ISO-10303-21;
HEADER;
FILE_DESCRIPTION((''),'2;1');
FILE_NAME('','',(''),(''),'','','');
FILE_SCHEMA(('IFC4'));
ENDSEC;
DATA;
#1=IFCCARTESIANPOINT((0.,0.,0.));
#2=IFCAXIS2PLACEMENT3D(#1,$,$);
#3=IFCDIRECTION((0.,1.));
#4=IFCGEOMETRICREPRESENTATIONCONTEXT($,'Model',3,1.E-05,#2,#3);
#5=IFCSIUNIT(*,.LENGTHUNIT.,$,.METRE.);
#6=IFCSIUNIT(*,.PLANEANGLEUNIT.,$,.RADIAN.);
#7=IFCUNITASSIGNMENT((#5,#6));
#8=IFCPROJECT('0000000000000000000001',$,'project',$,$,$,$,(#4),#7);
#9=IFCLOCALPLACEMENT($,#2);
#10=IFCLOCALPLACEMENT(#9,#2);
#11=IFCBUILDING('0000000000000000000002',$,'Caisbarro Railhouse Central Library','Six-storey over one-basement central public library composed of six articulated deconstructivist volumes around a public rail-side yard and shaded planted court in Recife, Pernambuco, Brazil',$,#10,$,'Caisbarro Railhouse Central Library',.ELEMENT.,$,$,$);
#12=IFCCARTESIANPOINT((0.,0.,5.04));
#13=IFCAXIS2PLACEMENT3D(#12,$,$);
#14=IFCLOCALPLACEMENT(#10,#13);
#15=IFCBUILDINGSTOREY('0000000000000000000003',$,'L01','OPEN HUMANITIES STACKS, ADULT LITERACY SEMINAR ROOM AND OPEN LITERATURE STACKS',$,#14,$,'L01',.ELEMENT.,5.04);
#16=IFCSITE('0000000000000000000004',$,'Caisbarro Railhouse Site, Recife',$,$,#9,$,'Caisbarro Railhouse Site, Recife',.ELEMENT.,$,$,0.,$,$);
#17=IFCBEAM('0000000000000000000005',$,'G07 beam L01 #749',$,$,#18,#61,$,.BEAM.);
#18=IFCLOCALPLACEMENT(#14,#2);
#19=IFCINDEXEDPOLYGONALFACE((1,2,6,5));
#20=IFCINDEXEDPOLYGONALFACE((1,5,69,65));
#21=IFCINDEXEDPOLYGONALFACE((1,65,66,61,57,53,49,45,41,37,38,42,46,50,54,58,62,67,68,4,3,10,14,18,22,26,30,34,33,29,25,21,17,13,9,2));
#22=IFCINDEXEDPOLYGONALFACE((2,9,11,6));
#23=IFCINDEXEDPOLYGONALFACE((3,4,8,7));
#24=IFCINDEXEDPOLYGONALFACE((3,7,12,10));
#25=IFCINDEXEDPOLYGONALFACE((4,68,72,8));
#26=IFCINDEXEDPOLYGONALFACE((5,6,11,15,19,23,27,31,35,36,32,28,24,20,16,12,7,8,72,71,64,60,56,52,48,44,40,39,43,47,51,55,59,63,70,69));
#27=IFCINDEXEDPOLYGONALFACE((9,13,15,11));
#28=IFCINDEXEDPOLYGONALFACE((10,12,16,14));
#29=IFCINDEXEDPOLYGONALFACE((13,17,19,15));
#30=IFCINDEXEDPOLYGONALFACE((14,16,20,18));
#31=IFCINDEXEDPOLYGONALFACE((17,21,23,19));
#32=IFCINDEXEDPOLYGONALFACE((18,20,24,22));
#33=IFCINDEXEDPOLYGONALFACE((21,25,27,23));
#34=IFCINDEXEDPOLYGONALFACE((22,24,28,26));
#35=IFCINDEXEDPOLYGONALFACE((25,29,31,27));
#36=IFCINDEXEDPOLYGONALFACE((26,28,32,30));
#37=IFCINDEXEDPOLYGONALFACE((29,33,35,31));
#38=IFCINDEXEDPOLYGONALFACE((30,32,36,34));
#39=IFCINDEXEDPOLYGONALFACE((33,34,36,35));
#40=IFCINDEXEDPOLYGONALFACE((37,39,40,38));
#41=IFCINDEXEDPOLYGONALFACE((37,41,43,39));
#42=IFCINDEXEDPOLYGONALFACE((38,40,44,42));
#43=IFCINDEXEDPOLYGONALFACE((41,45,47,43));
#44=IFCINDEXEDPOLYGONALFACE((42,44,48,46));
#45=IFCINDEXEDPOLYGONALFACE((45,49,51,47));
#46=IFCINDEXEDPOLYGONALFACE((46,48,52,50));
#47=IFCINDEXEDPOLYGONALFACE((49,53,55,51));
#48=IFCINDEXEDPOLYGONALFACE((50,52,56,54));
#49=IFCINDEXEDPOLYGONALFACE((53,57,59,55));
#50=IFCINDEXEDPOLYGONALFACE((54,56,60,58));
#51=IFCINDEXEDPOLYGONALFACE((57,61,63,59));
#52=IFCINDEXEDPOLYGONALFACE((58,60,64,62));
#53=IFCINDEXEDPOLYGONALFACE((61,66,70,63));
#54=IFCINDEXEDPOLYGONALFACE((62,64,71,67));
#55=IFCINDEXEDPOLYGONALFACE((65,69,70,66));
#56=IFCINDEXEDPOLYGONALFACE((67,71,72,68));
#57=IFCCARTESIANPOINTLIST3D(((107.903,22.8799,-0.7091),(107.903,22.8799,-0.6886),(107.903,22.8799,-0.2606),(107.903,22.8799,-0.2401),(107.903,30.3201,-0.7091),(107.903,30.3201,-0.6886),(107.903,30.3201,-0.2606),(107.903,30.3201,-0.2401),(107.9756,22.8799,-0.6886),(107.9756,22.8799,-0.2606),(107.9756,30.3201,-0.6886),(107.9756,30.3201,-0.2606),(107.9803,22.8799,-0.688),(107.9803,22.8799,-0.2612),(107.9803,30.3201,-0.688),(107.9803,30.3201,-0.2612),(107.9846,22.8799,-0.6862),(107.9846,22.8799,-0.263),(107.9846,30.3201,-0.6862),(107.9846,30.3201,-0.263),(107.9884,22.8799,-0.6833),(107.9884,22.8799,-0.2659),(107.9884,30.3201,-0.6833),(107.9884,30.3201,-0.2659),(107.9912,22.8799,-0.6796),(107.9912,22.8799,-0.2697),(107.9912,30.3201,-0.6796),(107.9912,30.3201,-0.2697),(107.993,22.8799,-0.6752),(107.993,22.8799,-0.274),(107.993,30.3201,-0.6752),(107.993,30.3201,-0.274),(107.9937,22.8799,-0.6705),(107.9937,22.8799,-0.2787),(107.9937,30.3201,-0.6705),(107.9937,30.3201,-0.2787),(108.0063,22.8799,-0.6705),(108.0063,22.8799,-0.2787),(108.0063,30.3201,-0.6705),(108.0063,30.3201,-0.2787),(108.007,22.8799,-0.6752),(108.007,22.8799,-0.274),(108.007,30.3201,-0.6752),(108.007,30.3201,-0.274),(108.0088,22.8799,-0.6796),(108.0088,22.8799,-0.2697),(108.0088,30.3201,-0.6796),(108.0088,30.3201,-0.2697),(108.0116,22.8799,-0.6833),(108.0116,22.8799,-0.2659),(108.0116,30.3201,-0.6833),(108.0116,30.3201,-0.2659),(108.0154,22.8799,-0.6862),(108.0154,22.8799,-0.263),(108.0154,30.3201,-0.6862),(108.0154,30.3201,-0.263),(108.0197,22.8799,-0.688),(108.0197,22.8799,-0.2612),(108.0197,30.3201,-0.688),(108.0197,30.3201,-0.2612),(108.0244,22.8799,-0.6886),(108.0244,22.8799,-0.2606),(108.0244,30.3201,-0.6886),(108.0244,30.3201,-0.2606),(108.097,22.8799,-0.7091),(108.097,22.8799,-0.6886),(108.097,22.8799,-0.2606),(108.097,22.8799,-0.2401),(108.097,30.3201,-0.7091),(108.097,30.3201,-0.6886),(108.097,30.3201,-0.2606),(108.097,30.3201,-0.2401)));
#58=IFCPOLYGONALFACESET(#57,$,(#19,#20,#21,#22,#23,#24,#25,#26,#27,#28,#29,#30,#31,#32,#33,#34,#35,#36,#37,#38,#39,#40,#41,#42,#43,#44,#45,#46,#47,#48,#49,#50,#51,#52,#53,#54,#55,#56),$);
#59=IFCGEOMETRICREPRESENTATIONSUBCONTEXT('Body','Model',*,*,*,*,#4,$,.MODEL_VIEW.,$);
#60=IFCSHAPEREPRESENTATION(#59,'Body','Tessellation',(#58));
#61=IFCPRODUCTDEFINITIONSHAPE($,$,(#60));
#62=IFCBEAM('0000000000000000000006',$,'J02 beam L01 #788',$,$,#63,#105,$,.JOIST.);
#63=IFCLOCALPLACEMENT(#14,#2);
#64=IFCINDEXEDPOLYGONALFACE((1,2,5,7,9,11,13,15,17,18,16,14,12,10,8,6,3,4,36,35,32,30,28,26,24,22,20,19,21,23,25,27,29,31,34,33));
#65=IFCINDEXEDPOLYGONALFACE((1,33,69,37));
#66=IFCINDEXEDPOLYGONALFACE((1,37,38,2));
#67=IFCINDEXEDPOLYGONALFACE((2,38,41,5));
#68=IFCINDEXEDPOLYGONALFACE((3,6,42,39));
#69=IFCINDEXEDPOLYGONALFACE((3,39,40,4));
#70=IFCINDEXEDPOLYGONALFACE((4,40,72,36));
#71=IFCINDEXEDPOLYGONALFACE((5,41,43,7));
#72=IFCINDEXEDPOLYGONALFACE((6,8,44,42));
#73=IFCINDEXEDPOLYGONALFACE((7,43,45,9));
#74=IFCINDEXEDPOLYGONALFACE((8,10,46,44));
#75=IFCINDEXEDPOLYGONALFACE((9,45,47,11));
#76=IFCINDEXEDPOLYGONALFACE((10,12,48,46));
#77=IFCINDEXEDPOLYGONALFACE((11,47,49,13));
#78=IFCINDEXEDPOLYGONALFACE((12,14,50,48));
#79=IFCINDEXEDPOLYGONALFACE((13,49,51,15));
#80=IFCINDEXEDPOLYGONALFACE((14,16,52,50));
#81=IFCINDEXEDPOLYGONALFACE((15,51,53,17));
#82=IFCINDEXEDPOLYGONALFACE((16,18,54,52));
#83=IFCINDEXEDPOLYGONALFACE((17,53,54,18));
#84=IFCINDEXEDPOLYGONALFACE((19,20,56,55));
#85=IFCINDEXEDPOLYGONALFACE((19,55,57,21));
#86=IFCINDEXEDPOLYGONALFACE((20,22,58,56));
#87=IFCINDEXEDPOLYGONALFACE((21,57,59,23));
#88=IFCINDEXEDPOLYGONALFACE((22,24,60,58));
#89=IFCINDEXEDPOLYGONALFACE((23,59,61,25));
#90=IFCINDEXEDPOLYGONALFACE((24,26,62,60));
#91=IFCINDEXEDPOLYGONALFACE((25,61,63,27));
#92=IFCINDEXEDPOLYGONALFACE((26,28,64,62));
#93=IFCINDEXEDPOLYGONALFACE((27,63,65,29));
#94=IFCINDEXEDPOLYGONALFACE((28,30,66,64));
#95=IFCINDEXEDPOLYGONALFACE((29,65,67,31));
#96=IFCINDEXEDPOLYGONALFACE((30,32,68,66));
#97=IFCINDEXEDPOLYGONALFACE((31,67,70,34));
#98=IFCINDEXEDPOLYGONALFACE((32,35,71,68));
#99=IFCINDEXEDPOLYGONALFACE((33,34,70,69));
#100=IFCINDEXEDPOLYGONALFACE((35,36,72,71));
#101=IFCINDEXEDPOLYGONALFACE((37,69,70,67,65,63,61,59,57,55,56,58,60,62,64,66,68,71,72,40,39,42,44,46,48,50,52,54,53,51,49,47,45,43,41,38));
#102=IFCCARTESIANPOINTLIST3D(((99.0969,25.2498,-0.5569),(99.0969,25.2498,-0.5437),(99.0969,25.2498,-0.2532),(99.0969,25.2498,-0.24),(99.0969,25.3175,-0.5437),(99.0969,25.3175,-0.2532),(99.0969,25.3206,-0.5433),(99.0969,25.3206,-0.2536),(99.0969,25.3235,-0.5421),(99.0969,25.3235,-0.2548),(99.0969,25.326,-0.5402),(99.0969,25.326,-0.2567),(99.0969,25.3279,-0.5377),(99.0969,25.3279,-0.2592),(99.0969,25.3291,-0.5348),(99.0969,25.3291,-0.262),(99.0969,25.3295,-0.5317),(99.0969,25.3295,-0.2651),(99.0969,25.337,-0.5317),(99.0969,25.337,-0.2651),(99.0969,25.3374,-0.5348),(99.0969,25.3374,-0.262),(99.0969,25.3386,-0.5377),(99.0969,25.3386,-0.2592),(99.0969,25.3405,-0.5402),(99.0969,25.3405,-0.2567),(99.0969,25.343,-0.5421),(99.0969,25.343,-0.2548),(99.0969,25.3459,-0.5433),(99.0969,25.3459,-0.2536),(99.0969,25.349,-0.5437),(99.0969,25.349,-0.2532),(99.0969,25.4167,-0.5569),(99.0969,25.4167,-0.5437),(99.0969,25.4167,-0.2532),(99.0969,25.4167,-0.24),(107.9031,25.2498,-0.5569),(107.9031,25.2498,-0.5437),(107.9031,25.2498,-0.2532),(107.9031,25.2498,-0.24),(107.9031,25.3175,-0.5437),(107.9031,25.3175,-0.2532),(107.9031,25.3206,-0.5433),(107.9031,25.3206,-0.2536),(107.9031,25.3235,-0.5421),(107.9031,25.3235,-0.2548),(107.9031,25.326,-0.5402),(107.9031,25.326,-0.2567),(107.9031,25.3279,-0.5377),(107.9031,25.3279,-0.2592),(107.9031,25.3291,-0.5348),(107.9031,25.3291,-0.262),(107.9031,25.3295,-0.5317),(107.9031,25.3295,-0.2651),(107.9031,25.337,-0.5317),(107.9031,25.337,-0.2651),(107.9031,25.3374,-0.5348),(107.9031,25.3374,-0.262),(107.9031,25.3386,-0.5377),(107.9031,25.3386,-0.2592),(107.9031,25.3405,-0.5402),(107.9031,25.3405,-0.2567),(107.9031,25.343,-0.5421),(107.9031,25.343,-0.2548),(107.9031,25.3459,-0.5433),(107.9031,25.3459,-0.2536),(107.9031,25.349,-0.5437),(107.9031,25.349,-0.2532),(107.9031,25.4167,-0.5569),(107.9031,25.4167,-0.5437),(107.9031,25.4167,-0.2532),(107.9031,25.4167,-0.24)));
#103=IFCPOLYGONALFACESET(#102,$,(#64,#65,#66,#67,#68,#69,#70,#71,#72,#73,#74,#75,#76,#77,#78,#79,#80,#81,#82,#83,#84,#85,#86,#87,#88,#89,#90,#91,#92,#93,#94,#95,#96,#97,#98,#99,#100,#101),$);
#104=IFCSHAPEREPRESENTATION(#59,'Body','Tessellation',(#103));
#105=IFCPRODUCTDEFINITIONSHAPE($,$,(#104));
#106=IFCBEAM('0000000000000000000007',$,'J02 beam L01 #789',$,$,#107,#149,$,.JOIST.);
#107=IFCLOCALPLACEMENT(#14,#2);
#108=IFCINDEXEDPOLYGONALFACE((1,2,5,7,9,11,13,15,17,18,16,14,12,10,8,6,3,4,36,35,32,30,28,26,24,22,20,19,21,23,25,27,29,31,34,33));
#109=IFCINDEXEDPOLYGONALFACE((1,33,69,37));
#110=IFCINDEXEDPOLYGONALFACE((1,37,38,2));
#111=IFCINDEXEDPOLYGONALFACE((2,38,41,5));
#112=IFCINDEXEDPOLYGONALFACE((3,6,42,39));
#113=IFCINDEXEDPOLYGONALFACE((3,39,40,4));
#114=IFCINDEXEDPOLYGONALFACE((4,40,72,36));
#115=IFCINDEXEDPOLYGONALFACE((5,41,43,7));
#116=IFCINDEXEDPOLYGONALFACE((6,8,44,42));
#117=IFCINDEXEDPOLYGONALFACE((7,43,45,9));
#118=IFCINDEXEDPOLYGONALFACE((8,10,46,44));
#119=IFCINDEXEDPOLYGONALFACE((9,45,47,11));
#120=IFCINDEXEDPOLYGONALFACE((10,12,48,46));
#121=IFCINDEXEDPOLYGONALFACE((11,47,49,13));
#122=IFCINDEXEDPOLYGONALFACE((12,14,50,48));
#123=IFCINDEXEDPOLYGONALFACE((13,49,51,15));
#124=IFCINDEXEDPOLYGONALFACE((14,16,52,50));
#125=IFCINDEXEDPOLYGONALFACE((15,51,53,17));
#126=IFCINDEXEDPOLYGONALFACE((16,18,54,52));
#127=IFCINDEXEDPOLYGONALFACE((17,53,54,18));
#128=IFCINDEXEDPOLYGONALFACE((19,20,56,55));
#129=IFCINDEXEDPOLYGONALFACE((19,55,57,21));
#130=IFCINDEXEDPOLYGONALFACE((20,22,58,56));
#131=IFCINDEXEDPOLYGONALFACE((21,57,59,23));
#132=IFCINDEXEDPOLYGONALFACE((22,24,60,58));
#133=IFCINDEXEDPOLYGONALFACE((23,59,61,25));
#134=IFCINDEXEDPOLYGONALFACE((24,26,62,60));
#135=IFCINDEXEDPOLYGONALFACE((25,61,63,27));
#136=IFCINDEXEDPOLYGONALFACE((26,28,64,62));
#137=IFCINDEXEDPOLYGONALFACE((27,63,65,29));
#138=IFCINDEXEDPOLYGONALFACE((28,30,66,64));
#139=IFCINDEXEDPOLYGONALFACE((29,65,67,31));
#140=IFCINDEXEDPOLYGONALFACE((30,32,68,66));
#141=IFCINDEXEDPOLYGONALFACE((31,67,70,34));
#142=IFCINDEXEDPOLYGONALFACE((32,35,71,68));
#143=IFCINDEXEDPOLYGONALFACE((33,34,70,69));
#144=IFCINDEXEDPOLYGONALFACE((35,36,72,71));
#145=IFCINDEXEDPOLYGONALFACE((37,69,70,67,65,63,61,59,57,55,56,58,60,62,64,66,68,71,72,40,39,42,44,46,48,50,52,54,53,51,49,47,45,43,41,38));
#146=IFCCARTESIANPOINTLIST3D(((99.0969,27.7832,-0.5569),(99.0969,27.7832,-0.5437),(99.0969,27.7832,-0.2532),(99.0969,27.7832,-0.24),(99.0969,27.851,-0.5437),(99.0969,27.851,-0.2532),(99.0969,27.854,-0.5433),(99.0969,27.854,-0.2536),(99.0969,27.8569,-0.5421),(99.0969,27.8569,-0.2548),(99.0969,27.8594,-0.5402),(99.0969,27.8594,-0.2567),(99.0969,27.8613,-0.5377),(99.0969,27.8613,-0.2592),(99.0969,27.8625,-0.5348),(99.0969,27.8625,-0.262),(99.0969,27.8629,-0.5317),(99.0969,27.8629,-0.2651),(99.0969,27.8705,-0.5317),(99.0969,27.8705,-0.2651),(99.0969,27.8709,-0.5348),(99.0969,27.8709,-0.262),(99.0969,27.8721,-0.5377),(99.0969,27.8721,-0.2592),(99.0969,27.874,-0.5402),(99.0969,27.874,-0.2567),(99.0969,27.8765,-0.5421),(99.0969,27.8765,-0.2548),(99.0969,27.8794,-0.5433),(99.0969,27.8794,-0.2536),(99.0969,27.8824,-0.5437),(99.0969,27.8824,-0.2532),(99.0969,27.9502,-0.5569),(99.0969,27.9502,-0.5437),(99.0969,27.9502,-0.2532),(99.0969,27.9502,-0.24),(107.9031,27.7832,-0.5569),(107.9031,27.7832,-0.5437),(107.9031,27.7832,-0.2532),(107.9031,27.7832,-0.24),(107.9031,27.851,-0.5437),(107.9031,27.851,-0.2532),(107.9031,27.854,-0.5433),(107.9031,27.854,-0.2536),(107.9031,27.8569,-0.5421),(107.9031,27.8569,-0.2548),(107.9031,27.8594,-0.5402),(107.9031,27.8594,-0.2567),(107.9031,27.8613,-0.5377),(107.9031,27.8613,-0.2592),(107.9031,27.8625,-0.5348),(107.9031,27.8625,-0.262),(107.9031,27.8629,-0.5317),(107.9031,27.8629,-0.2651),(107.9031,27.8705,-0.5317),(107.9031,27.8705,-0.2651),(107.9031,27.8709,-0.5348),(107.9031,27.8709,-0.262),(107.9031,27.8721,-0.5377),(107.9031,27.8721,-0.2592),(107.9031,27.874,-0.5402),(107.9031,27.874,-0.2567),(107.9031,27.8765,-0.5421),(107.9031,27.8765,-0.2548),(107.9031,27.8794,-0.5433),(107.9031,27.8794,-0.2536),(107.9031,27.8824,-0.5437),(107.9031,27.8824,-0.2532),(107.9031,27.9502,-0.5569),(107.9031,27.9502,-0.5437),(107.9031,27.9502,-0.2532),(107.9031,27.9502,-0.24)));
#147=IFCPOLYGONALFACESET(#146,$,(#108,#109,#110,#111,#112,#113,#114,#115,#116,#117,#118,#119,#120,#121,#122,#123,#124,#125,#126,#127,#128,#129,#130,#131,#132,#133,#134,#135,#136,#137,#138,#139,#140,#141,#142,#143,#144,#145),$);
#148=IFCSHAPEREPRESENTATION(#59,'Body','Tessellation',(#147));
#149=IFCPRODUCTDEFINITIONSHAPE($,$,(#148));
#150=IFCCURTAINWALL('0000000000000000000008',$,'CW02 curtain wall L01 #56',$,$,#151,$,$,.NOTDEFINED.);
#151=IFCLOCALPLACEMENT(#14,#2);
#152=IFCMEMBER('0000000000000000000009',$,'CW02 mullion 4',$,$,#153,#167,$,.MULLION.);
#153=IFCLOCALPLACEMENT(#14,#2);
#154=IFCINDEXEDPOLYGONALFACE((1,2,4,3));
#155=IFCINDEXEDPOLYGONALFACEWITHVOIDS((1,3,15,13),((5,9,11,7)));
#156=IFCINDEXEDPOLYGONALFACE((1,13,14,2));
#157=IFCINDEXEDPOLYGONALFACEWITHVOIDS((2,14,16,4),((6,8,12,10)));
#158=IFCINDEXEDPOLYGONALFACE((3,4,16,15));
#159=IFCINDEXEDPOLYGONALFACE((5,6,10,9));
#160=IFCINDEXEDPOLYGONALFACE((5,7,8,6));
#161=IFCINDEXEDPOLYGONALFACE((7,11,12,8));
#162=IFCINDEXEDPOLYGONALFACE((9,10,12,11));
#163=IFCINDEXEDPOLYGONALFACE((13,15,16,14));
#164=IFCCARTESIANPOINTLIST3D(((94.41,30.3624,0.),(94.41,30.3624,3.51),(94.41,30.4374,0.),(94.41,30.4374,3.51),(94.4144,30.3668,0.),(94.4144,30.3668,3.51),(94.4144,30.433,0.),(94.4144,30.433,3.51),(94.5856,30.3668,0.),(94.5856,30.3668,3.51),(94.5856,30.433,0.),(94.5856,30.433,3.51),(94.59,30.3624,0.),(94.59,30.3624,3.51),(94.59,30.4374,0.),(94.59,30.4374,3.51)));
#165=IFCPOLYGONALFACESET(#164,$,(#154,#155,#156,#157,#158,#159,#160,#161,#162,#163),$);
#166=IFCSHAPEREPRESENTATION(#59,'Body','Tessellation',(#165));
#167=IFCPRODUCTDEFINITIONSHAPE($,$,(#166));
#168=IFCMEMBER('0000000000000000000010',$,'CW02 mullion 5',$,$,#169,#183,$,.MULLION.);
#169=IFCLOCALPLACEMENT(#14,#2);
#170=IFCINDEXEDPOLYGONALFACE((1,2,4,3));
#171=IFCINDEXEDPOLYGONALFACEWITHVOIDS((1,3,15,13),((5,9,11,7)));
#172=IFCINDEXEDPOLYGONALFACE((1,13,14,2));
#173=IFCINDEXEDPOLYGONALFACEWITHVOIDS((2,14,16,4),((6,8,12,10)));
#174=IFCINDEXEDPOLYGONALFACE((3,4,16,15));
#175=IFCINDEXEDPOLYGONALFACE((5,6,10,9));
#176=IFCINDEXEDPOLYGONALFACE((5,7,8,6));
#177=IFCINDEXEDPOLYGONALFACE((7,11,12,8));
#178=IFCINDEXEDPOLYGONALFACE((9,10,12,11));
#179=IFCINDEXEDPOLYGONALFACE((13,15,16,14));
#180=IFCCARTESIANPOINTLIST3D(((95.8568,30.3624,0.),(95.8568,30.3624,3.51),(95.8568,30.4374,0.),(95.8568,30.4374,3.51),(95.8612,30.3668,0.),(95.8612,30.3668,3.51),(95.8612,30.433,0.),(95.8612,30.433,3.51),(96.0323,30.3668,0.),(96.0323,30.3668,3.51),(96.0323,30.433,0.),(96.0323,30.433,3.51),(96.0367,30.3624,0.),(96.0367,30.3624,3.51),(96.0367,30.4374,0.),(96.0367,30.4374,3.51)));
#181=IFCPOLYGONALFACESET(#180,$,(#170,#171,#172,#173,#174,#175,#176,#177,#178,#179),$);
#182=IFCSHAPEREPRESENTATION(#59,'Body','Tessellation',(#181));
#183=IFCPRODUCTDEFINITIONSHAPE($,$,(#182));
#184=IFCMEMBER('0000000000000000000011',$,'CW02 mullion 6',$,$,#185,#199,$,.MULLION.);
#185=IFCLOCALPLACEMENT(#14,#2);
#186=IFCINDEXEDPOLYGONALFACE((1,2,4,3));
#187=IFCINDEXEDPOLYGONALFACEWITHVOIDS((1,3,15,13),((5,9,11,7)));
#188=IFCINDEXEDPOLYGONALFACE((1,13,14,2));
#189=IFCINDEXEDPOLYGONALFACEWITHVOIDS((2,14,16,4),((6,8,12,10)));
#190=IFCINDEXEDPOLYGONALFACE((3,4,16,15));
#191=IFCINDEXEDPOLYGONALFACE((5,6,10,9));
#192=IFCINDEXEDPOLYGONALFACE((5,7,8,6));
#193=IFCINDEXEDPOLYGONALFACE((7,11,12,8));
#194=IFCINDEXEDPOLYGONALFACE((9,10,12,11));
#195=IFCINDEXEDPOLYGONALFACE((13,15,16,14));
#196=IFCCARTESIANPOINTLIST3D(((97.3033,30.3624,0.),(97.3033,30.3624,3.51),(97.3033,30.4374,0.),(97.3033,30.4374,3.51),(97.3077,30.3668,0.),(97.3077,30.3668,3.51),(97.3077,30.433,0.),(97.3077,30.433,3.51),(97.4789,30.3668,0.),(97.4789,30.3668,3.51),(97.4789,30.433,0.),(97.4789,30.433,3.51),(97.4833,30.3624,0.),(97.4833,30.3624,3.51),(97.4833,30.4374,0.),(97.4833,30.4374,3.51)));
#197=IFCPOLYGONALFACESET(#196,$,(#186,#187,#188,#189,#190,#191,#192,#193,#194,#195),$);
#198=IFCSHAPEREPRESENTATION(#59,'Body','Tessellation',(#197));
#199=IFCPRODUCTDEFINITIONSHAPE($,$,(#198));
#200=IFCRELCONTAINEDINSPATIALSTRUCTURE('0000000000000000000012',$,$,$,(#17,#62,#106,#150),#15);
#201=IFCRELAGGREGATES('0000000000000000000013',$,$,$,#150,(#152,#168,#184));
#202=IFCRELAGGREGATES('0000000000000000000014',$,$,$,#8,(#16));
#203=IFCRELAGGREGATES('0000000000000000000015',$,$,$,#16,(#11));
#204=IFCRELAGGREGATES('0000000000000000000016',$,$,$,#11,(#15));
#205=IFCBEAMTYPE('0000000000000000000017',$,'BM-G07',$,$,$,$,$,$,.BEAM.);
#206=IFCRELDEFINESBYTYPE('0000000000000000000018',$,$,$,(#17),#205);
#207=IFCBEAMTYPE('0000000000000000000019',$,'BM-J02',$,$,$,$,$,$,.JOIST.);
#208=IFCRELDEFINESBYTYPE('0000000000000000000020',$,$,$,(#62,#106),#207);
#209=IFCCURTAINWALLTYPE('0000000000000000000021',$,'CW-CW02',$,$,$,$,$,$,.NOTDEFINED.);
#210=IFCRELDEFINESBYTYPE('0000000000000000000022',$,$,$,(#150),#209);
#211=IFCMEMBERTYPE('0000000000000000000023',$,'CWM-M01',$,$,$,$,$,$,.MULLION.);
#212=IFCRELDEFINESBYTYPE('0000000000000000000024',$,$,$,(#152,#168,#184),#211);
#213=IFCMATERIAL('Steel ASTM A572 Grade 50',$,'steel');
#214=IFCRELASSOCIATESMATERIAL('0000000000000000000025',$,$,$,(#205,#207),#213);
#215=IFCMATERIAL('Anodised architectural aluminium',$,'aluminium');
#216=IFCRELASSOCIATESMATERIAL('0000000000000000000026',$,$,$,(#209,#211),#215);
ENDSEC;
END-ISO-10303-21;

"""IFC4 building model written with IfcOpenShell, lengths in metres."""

from ifc_helpers import new_model, si_unit, direction, frame, origin, origin_2d, place, context, subcontext, project, spatial, hollow_rectangle, i_section, extrude, material, material_profile, profile_set, type_object, element, aggregate, save


model = new_model("IFC4")

# Units and contexts
model_context = context("Model", 3, precision=1e-05, world=origin(), true_north=direction((0.0, 1.0)))
body_context = subcontext(model_context, "Body", "Model", "MODEL_VIEW")
ifc_project = project(units=[si_unit("LENGTHUNIT", "METRE"), si_unit("PLANEANGLEUNIT", "RADIAN")], contexts=[model_context])

# Site, building, storey
site_placement = place(None, origin())
site = spatial("IfcSite", under=ifc_project, at=site_placement, Name="Caisbarro Railhouse Site, Recife", LongName="Caisbarro Railhouse Site, Recife", CompositionType="ELEMENT", RefElevation=0.0)
building_placement = place(site_placement, origin())
building = spatial("IfcBuilding", under=site, at=building_placement, Name="Caisbarro Railhouse Central Library", Description="Six-storey over one-basement central public library composed of six articulated deconstructivist volumes around a public rail-side yard and shaded planted court in Recife, Pernambuco, Brazil", LongName="Caisbarro Railhouse Central Library", CompositionType="ELEMENT")
storey_placement = place(building_placement, frame((0.0, 0.0, 5.04)))
storey = spatial("IfcBuildingStorey", under=building, at=storey_placement, Name="L01", Description="OPEN HUMANITIES STACKS, ADULT LITERACY SEMINAR ROOM AND OPEN LITERATURE STACKS", LongName="L01", CompositionType="ELEMENT", Elevation=5.04)

# Shared definitions
ifc_material_1 = material(Name="Steel ASTM A572 Grade 50", Category="steel")

# Beams
ifc_material_profile_1 = material_profile(ifc_material_1, i_section(OverallWidth=0.1941, OverallDepth=0.469, WebThickness=0.0127, FlangeThickness=0.0205, FilletRadius=0.0181, at=origin_2d()), Name="W460X106.0")
ifc_profile_set_1 = profile_set([ifc_material_profile_1], Name="Steel ASTM A572 Grade 50")
beam_type_1 = type_object("IfcBeamType", Name="BM-G07", PredefinedType="BEAM", material=ifc_profile_set_1)
for number, where, z_axis, x_axis, name in (
    (1, (108.0, 22.8799, -0.4746), (0.0, 1.0, 0.0), (-1.0, 0.0, 0.0), "G07 beam L01 #749"),
):
    element("IfcBeam", number, at=place(storey_placement, frame(where, z_axis=z_axis, x_axis=x_axis)), inside=storey, type_object=beam_type_1, Name=name, PredefinedType="BEAM", context=body_context, shape_type="SweptSolid", body=[
        extrude(i_section(OverallWidth=0.1941, OverallDepth=0.469, WebThickness=0.0127, FlangeThickness=0.0205, FilletRadius=0.0181, at=origin_2d()), origin(), (0.0, 0.0, 1.0), 7.4402),
    ])
ifc_material_profile_2 = material_profile(ifc_material_1, i_section(OverallWidth=0.167, OverallDepth=0.3169, WebThickness=0.0076, FlangeThickness=0.0132, FilletRadius=0.012, at=origin_2d()), Name="W310X52.0")
ifc_profile_set_2 = profile_set([ifc_material_profile_2], Name="Steel ASTM A572 Grade 50")
beam_type_2 = type_object("IfcBeamType", Name="BM-J02", PredefinedType="JOIST", material=ifc_profile_set_2)
for number, where, z_axis, x_axis, name in (
    (2, (99.0969, 25.3333, -0.3984), (1.0, 0.0, 0.0), (0.0, 1.0, 0.0), "J02 beam L01 #788"),
    (3, (99.0969, 27.8667, -0.3984), (1.0, 0.0, 0.0), (0.0, 1.0, 0.0), "J02 beam L01 #789"),
):
    element("IfcBeam", number, at=place(storey_placement, frame(where, z_axis=z_axis, x_axis=x_axis)), inside=storey, type_object=beam_type_2, Name=name, PredefinedType="JOIST", context=body_context, shape_type="SweptSolid", body=[
        extrude(i_section(OverallWidth=0.167, OverallDepth=0.3169, WebThickness=0.0076, FlangeThickness=0.0132, FilletRadius=0.012, at=origin_2d()), origin(), (0.0, 0.0, 1.0), 8.8062),
    ])

# Curtain wall, members
ifc_material_2 = material(Name="Anodised architectural aluminium", Category="aluminium")
curtain_wall_type = type_object("IfcCurtainWallType", Name="CW-CW02", PredefinedType="NOTDEFINED", material=ifc_material_2)
curtain_wall_placement = place(storey_placement, origin())
curtain_wall = element("IfcCurtainWall", 4, at=curtain_wall_placement, inside=storey, type_object=curtain_wall_type, Name="CW02 curtain wall L01 #56", PredefinedType="NOTDEFINED")
ifc_material_profile_3 = material_profile(ifc_material_2, hollow_rectangle(XDim=0.075, YDim=0.1799, WallThickness=0.0044, at=origin_2d()), Name="ALU-MUL-75X180")
ifc_profile_set_3 = profile_set([ifc_material_profile_3], Name="Anodised architectural aluminium")
member_type_1 = type_object("IfcMemberType", Name="CWM-M01", PredefinedType="MULLION", material=ifc_profile_set_3)
member_1_placement = place(storey_placement, frame((94.5, 30.3999, 0.0), z_axis=(0.0, 0.0, 1.0), x_axis=(0.0, 1.0, 0.0)))
member_1 = element("IfcMember", 5, at=member_1_placement, type_object=member_type_1, Name="CW02 mullion 4", PredefinedType="MULLION", context=body_context, shape_type="SweptSolid", body=[
    extrude(hollow_rectangle(XDim=0.075, YDim=0.1799, WallThickness=0.0044, at=origin_2d()), origin(), (0.0, 0.0, 1.0), 3.51),
])
member_2_placement = place(storey_placement, frame((95.9468, 30.3999, 0.0), z_axis=(0.0, 0.0, 1.0), x_axis=(0.0, 1.0, 0.0)))
member_2 = element("IfcMember", 6, at=member_2_placement, type_object=member_type_1, Name="CW02 mullion 5", PredefinedType="MULLION", context=body_context, shape_type="SweptSolid", body=[
    extrude(hollow_rectangle(XDim=0.075, YDim=0.1799, WallThickness=0.0044, at=origin_2d()), origin(), (0.0, 0.0, 1.0), 3.51),
])
member_3_placement = place(storey_placement, frame((97.3933, 30.3999, 0.0), z_axis=(0.0, 0.0, 1.0), x_axis=(0.0, 1.0, 0.0)))
member_3 = element("IfcMember", 7, at=member_3_placement, type_object=member_type_1, Name="CW02 mullion 6", PredefinedType="MULLION", context=body_context, shape_type="SweptSolid", body=[
    extrude(hollow_rectangle(XDim=0.075, YDim=0.1799, WallThickness=0.0044, at=origin_2d()), origin(), (0.0, 0.0, 1.0), 3.51),
])
aggregate(curtain_wall, [member_1, member_2, member_3])

save(model, "model.ifc")
